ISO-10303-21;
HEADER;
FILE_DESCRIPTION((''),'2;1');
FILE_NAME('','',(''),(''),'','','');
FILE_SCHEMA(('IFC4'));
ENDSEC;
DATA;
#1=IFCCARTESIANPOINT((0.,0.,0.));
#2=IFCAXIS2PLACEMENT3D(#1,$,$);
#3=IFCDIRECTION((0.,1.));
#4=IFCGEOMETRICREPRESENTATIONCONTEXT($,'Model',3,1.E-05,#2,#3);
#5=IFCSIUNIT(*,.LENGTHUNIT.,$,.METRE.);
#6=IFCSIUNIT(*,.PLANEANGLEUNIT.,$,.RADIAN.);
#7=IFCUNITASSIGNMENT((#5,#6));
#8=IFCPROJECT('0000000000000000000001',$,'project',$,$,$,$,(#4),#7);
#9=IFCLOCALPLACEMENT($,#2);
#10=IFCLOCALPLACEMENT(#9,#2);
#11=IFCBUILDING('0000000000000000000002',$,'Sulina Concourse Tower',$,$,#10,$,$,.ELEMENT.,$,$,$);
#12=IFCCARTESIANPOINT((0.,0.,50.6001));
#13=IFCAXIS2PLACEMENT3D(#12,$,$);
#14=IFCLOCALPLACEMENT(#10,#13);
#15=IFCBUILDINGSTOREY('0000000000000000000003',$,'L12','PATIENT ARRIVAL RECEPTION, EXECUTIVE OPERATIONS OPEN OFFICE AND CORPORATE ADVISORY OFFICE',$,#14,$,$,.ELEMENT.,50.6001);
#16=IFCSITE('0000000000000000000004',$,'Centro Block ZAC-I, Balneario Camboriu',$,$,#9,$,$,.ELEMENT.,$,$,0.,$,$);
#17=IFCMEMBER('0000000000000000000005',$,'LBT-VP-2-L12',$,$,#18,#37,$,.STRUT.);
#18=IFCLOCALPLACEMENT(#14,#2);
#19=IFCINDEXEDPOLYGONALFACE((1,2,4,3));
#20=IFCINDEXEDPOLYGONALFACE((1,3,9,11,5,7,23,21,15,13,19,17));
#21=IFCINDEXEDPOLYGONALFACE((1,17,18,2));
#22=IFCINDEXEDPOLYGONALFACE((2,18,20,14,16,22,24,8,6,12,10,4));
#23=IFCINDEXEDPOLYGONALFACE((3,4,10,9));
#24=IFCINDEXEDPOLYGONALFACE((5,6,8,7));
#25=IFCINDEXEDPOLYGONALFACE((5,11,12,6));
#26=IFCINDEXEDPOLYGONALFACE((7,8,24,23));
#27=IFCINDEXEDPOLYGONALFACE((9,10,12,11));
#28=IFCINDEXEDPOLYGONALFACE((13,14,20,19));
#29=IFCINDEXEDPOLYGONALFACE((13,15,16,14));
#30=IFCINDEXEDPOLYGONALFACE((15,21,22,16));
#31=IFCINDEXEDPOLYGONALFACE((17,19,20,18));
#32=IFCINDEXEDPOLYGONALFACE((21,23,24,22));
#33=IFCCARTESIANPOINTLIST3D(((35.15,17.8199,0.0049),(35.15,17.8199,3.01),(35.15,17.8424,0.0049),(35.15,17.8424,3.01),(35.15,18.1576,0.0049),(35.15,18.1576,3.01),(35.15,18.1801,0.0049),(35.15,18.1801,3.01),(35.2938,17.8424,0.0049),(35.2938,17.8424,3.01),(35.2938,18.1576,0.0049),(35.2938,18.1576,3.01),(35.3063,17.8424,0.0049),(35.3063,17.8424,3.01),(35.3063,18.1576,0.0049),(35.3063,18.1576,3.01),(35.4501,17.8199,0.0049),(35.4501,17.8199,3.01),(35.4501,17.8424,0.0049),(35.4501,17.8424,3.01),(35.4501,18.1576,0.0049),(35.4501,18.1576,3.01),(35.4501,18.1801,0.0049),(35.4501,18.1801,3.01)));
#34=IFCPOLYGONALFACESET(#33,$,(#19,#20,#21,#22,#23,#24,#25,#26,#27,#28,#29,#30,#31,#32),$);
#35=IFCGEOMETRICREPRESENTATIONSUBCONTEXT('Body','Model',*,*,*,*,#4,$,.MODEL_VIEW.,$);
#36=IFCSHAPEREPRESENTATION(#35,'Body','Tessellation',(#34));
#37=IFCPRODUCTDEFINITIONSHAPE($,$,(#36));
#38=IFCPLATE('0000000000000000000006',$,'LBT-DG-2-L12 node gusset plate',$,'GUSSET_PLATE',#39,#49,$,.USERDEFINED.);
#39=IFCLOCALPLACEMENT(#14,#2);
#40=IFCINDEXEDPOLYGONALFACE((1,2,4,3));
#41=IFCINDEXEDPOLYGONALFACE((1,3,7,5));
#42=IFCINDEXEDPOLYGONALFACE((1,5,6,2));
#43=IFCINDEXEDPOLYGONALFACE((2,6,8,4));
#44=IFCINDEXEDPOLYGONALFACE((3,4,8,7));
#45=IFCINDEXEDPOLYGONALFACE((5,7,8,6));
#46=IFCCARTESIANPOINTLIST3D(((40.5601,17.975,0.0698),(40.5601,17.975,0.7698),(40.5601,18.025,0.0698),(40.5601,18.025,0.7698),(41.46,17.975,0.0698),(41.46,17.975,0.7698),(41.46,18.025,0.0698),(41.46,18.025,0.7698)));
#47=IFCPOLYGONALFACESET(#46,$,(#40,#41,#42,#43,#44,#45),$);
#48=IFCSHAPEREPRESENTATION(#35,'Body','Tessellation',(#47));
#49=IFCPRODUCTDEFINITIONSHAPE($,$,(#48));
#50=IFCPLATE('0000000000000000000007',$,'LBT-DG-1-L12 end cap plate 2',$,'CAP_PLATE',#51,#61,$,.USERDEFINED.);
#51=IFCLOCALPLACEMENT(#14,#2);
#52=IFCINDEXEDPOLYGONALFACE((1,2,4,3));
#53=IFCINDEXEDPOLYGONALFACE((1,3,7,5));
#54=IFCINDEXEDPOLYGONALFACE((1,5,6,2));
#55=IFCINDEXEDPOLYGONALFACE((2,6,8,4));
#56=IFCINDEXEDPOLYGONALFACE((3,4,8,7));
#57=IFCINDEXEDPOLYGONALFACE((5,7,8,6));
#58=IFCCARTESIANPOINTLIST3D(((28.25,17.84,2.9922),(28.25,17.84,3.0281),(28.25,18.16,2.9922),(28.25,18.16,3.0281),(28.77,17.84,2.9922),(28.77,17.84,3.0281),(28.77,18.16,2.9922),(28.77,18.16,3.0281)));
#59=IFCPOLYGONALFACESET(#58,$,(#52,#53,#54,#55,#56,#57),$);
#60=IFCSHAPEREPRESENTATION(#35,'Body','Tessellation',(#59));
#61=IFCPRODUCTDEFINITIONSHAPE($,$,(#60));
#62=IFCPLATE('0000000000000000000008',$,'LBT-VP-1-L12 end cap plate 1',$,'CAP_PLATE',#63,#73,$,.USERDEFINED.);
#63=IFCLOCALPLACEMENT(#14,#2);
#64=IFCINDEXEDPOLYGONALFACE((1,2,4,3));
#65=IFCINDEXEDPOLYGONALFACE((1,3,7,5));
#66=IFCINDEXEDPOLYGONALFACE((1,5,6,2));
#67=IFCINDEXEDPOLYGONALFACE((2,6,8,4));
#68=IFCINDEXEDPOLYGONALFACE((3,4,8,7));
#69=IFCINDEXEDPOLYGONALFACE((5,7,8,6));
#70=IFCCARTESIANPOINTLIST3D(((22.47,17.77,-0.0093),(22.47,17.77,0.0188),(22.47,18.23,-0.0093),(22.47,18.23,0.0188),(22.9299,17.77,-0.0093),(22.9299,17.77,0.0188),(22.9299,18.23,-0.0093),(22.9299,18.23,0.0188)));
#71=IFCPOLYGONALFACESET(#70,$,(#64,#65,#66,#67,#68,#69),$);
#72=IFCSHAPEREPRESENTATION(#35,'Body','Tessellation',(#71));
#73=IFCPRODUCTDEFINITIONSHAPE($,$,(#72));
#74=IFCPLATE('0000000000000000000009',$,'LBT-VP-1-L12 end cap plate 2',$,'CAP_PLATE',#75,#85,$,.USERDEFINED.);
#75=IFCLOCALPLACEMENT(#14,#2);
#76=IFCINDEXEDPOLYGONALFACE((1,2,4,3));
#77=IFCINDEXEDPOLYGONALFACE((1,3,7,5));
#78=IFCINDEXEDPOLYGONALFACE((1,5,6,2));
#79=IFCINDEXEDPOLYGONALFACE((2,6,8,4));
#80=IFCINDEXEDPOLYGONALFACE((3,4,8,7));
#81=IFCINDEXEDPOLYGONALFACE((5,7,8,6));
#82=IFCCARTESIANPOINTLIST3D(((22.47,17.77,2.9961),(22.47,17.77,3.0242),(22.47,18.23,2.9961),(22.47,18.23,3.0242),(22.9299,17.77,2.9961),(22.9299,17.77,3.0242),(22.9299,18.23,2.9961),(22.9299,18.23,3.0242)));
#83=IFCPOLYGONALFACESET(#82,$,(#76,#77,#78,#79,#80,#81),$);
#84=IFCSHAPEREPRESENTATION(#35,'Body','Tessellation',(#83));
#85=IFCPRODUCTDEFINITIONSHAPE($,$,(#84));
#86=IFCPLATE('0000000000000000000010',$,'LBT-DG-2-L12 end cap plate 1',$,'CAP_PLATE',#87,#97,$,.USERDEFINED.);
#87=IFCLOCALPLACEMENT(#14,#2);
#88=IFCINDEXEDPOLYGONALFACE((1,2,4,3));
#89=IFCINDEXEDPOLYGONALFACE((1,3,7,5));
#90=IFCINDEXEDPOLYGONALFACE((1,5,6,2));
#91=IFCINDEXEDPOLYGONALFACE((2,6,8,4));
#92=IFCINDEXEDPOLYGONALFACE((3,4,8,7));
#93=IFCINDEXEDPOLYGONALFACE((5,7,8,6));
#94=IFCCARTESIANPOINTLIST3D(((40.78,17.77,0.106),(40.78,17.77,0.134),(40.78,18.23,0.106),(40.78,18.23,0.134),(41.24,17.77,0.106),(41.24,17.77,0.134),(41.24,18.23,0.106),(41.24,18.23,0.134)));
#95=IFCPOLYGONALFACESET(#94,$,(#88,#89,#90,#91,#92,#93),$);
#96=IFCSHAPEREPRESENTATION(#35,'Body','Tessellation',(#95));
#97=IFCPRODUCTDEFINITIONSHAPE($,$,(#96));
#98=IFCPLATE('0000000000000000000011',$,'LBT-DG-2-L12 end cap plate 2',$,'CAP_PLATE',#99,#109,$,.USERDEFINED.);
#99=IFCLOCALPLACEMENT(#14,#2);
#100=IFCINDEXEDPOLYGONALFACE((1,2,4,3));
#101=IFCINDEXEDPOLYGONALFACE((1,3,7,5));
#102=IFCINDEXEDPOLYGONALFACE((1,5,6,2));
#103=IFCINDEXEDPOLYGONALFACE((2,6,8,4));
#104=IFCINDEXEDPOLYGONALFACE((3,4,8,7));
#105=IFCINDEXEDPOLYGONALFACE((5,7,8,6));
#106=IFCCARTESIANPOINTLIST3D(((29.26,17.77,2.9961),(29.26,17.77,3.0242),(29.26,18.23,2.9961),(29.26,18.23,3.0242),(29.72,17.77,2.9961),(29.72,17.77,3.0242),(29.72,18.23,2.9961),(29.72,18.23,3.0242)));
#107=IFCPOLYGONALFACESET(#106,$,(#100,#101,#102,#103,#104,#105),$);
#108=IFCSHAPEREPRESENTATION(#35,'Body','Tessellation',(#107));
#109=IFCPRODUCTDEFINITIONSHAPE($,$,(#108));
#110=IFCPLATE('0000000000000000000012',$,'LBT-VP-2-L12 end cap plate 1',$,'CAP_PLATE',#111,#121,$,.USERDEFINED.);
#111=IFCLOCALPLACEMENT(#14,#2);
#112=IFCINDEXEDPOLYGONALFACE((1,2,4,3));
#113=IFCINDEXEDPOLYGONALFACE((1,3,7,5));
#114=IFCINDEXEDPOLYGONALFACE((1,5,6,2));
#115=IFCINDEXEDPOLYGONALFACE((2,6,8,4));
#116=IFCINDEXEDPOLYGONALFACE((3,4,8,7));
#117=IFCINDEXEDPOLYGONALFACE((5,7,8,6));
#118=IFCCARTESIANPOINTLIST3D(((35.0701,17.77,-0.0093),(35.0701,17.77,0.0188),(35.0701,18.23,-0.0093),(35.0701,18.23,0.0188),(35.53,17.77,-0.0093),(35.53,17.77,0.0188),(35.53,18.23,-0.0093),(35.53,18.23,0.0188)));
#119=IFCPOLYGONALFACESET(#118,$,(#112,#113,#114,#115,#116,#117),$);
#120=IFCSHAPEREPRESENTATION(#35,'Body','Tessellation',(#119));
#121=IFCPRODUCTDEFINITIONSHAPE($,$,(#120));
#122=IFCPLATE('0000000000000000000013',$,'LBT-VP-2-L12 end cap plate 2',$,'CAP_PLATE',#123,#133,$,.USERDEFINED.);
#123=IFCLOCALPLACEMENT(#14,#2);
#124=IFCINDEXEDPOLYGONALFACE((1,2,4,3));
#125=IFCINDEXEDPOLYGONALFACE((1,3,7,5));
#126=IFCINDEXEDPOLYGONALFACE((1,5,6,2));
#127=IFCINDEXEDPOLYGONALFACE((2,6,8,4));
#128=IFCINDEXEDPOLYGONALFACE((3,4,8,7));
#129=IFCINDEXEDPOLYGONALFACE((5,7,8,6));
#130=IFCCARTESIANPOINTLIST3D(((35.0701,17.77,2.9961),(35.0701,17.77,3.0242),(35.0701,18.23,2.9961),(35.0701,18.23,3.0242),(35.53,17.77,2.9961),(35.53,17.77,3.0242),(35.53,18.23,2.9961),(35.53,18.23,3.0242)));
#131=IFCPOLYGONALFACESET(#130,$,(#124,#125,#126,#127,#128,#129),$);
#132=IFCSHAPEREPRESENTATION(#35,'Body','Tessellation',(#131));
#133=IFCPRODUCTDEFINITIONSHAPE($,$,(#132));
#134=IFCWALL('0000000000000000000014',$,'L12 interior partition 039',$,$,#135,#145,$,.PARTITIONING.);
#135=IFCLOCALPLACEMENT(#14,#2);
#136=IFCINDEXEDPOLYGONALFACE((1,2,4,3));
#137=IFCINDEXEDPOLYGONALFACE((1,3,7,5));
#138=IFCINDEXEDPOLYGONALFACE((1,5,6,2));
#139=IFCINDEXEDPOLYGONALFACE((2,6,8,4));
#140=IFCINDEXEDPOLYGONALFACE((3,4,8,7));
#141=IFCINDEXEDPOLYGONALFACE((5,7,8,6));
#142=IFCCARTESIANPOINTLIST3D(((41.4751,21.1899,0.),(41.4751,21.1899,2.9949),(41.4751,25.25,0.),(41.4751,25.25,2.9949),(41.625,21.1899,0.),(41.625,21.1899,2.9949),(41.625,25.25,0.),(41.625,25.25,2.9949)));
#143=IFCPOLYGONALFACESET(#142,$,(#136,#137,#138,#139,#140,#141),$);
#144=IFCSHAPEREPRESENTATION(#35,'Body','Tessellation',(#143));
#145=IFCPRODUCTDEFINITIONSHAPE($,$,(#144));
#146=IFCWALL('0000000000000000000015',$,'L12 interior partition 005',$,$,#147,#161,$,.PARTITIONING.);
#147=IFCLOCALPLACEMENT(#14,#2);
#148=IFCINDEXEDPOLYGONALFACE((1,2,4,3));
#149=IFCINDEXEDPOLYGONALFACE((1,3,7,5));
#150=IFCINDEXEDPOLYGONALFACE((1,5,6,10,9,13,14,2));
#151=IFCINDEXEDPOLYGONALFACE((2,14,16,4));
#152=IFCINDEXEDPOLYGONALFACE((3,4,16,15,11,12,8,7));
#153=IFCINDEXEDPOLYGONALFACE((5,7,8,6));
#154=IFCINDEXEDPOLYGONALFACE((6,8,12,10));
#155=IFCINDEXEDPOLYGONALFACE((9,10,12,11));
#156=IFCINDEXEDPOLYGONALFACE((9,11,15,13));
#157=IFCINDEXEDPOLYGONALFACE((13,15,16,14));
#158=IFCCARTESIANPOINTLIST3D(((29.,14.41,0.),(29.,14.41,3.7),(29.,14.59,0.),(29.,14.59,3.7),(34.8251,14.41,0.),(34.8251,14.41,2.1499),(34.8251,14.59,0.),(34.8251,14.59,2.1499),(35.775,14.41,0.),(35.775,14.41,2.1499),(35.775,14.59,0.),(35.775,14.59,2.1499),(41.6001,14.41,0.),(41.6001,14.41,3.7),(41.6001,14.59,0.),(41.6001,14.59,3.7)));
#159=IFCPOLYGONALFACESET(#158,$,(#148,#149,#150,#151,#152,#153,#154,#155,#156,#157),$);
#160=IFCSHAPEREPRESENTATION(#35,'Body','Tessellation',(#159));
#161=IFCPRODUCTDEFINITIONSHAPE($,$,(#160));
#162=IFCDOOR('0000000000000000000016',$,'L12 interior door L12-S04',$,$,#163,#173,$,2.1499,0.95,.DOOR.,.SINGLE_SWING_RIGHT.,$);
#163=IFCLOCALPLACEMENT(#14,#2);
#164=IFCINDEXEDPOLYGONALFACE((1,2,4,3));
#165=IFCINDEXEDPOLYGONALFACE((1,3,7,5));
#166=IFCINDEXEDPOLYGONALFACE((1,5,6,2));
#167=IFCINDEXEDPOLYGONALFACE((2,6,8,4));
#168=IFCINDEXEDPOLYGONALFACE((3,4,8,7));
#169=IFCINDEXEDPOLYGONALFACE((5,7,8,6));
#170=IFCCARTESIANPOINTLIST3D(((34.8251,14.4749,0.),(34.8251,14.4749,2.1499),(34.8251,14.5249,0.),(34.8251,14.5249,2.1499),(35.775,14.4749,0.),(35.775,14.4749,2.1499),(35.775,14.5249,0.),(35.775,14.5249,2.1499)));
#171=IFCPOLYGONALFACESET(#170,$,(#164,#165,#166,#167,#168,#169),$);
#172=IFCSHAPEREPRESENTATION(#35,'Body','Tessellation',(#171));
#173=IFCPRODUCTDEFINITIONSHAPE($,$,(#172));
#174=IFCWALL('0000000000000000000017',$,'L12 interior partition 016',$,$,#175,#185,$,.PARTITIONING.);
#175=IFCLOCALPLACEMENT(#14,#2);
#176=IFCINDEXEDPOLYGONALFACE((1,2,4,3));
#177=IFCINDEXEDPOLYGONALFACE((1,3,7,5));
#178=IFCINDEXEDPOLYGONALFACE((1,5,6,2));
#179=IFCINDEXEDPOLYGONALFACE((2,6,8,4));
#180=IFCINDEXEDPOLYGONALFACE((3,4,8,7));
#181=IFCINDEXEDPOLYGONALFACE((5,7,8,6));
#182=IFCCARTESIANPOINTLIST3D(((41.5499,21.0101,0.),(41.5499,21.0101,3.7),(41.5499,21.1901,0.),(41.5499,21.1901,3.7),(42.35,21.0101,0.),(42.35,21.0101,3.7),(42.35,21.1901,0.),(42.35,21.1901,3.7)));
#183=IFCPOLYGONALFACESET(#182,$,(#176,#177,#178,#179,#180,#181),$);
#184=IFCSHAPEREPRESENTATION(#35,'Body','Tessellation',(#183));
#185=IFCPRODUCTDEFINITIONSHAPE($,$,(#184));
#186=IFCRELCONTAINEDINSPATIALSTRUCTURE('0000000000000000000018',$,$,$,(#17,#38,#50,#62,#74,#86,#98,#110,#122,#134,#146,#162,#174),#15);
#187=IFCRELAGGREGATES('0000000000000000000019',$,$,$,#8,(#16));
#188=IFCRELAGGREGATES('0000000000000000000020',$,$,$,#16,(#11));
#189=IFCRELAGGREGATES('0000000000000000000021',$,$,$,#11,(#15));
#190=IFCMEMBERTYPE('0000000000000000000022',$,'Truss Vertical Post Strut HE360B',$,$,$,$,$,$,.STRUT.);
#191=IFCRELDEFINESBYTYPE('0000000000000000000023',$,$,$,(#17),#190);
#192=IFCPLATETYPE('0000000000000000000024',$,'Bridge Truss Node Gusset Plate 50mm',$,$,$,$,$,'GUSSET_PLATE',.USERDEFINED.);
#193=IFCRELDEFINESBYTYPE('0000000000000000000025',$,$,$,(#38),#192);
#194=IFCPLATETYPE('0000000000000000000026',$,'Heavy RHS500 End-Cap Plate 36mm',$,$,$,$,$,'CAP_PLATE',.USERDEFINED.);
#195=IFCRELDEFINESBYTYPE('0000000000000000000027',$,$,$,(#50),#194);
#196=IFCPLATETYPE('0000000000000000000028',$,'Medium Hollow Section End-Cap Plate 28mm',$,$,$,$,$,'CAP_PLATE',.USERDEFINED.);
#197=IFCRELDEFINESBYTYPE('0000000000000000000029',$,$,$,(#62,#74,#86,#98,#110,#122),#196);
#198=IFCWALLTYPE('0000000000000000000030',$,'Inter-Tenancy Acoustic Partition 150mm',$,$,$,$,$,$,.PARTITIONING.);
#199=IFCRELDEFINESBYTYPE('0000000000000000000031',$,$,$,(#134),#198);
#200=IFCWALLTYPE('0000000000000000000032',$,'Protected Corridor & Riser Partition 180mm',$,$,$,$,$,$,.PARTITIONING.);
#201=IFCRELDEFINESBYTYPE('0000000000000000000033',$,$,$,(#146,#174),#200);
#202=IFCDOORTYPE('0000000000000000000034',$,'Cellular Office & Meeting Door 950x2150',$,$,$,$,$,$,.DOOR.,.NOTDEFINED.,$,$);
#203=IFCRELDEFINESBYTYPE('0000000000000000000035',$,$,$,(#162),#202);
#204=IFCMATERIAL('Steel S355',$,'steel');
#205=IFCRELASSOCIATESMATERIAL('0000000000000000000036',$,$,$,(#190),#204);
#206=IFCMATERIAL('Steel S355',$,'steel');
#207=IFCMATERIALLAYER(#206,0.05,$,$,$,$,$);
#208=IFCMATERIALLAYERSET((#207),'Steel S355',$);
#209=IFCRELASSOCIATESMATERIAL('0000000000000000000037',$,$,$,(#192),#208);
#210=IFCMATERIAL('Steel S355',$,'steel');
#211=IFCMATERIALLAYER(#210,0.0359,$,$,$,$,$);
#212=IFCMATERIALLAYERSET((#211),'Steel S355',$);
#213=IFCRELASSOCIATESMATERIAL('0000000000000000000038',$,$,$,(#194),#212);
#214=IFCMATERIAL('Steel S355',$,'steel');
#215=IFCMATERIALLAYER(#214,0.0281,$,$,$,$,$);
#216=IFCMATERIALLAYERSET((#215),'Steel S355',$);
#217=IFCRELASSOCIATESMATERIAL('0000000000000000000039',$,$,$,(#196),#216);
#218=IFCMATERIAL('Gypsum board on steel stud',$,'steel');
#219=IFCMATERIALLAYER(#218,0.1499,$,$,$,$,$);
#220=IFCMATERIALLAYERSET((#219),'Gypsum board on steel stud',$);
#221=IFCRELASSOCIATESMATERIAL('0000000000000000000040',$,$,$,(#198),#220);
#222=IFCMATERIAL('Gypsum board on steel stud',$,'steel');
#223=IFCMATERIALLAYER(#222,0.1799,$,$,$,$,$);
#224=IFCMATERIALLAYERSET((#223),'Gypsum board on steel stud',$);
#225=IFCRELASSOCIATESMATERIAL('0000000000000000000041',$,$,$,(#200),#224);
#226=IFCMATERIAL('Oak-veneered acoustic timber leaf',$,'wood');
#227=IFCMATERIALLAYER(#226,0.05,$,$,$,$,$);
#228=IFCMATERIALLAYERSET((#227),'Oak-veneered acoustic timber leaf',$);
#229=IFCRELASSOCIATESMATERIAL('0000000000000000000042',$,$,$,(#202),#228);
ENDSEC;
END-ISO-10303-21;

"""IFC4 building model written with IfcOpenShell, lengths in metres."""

from ifc_helpers import new_model, si_unit, direction, frame, frame_2d, origin, origin_2d, place, context, subcontext, project, spatial, rectangle, i_section, extrude, material, layer, layer_set, material_profile, profile_set, type_object, element, fill, save


model = new_model("IFC4")

# Units and contexts
model_context = context("Model", 3, precision=1e-05, world=origin(), true_north=direction((0.0, 1.0)))
body_context = subcontext(model_context, "Body", "Model", "MODEL_VIEW")
ifc_project = project(units=[si_unit("LENGTHUNIT", "METRE"), si_unit("PLANEANGLEUNIT", "RADIAN")], contexts=[model_context])

# Site, building, storey
site_placement = place(None, origin())
site = spatial("IfcSite", under=ifc_project, at=site_placement, Name="Centro Block ZAC-I, Balneario Camboriu", CompositionType="ELEMENT", RefElevation=0.0)
building_placement = place(site_placement, origin())
building = spatial("IfcBuilding", under=site, at=building_placement, Name="Sulina Concourse Tower", CompositionType="ELEMENT")
storey_placement = place(building_placement, frame((0.0, 0.0, 50.6001)))
storey = spatial("IfcBuildingStorey", under=building, at=storey_placement, Name="L12", Description="PATIENT ARRIVAL RECEPTION, EXECUTIVE OPERATIONS OPEN OFFICE AND CORPORATE ADVISORY OFFICE", CompositionType="ELEMENT", Elevation=50.6001)

# Member
ifc_material_1 = material(Name="Steel S355", Category="steel")
ifc_material_profile_1 = material_profile(ifc_material_1, i_section(OverallWidth=0.3, OverallDepth=0.3601, WebThickness=0.0125, FlangeThickness=0.0225, at=origin_2d()), Name="HE 360 B")
ifc_profile_set_1 = profile_set([ifc_material_profile_1], Name="Steel S355")
member_type_1 = type_object("IfcMemberType", Name="Truss Vertical Post Strut HE360B", PredefinedType="STRUT", material=ifc_profile_set_1)
for number, where, z_axis, x_axis, name in (
    (1, (35.3, 18.0, 0.0049), (0.0, 0.0, 1.0), (1.0, 0.0, 0.0), "LBT-VP-2-L12"),
):
    element("IfcMember", number, at=place(storey_placement, frame(where, z_axis=z_axis, x_axis=x_axis)), inside=storey, type_object=member_type_1, Name=name, PredefinedType="STRUT", context=body_context, shape_type="SweptSolid", body=[
        extrude(i_section(OverallWidth=0.3, OverallDepth=0.3601, WebThickness=0.0125, FlangeThickness=0.0225, at=origin_2d()), origin(), (0.0, 0.0, 1.0), 3.0051),
    ])

# Plates
ifc_material_2 = material(Name="Steel S355", Category="steel")
ifc_layer_1 = layer(ifc_material_2, 0.05)
ifc_layer_set_1 = layer_set([ifc_layer_1], Name="Steel S355")
plate_type_1 = type_object("IfcPlateType", Name="Bridge Truss Node Gusset Plate 50mm", ElementType="GUSSET_PLATE", PredefinedType="USERDEFINED", material=ifc_layer_set_1)
plate_1_placement = place(storey_placement, frame((41.01, 18.0, 0.0698), z_axis=(0.0, 0.0, 1.0), x_axis=(1.0, 0.0, 0.0)))
element("IfcPlate", 2, at=plate_1_placement, inside=storey, type_object=plate_type_1, Name="LBT-DG-2-L12 node gusset plate", ObjectType="GUSSET_PLATE", PredefinedType="USERDEFINED", context=body_context, shape_type="SweptSolid", body=[
    extrude(rectangle(XDim=0.8999, YDim=0.05, at=origin_2d()), origin(), (0.0, 0.0, 1.0), 0.7),
])
ifc_material_3 = material(Name="Steel S355", Category="steel")
ifc_layer_2 = layer(ifc_material_3, 0.0359)
ifc_layer_set_2 = layer_set([ifc_layer_2], Name="Steel S355")
plate_type_2 = type_object("IfcPlateType", Name="Heavy RHS500 End-Cap Plate 36mm", ElementType="CAP_PLATE", PredefinedType="USERDEFINED", material=ifc_layer_set_2)
plate_2_placement = place(storey_placement, frame((28.51, 18.0, 2.9922), z_axis=(0.0, 0.0, 1.0), x_axis=(1.0, 0.0, 0.0)))
element("IfcPlate", 3, at=plate_2_placement, inside=storey, type_object=plate_type_2, Name="LBT-DG-1-L12 end cap plate 2", ObjectType="CAP_PLATE", PredefinedType="USERDEFINED", context=body_context, shape_type="SweptSolid", body=[
    extrude(rectangle(XDim=0.52, YDim=0.3201, at=origin_2d()), origin(), (0.0, 0.0, 1.0), 0.0359),
])
ifc_material_4 = material(Name="Steel S355", Category="steel")
ifc_layer_3 = layer(ifc_material_4, 0.0281)
ifc_layer_set_3 = layer_set([ifc_layer_3], Name="Steel S355")
plate_type_3 = type_object("IfcPlateType", Name="Medium Hollow Section End-Cap Plate 28mm", ElementType="CAP_PLATE", PredefinedType="USERDEFINED", material=ifc_layer_set_3)
for number, where, z_axis, x_axis, name in (
    (4, (22.7, 18.0, -0.0093), (0.0, 0.0, 1.0), (1.0, 0.0, 0.0), "LBT-VP-1-L12 end cap plate 1"),
    (5, (22.7, 18.0, 2.9961), (0.0, 0.0, 1.0), (1.0, 0.0, 0.0), "LBT-VP-1-L12 end cap plate 2"),
    (6, (41.01, 18.0, 0.106), (0.0, 0.0, 1.0), (1.0, 0.0, 0.0), "LBT-DG-2-L12 end cap plate 1"),
    (7, (29.49, 18.0, 2.9961), (0.0, 0.0, 1.0), (1.0, 0.0, 0.0), "LBT-DG-2-L12 end cap plate 2"),
    (8, (35.3, 18.0, -0.0093), (0.0, 0.0, 1.0), (1.0, 0.0, 0.0), "LBT-VP-2-L12 end cap plate 1"),
    (9, (35.3, 18.0, 2.9961), (0.0, 0.0, 1.0), (1.0, 0.0, 0.0), "LBT-VP-2-L12 end cap plate 2"),
):
    element("IfcPlate", number, at=place(storey_placement, frame(where, z_axis=z_axis, x_axis=x_axis)), inside=storey, type_object=plate_type_3, Name=name, ObjectType="CAP_PLATE", PredefinedType="USERDEFINED", context=body_context, shape_type="SweptSolid", body=[
        extrude(rectangle(XDim=0.46, YDim=0.46, at=origin_2d()), origin(), (0.0, 0.0, 1.0), 0.0281),
    ])

# Wall
ifc_material_5 = material(Name="Gypsum board on steel stud", Category="steel")
ifc_layer_4 = layer(ifc_material_5, 0.1499)
ifc_layer_set_4 = layer_set([ifc_layer_4], Name="Gypsum board on steel stud")
wall_type_1 = type_object("IfcWallType", Name="Inter-Tenancy Acoustic Partition 150mm", PredefinedType="PARTITIONING", material=ifc_layer_set_4)
wall_1_placement = place(storey_placement, frame((41.55, 21.1899, 0.0), z_axis=(0.0, 0.0, 1.0), x_axis=(0.0, 1.0, 0.0)))
element("IfcWall", 10, at=wall_1_placement, inside=storey, type_object=wall_type_1, Name="L12 interior partition 039", PredefinedType="PARTITIONING", context=body_context, shape_type="SweptSolid", body=[
    extrude(rectangle(XDim=4.0601, YDim=0.1499, at=frame_2d((2.03, 0.0))), origin(), (0.0, 0.0, 1.0), 2.9949),
])

# Wall, opening, door
ifc_material_6 = material(Name="Gypsum board on steel stud", Category="steel")
ifc_layer_5 = layer(ifc_material_6, 0.1799)
ifc_layer_set_5 = layer_set([ifc_layer_5], Name="Gypsum board on steel stud")
wall_type_2 = type_object("IfcWallType", Name="Protected Corridor & Riser Partition 180mm", PredefinedType="PARTITIONING", material=ifc_layer_set_5)
wall_2_placement = place(storey_placement, frame((29.0, 14.5, 0.0), z_axis=(0.0, 0.0, 1.0), x_axis=(1.0, 0.0, 0.0)))
wall_2 = element("IfcWall", 11, at=wall_2_placement, inside=storey, type_object=wall_type_2, Name="L12 interior partition 005", PredefinedType="PARTITIONING", context=body_context, shape_type="SweptSolid", body=[
    extrude(rectangle(XDim=12.6001, YDim=0.1799, at=frame_2d((6.3, 0.0))), origin(), (0.0, 0.0, 1.0), 3.7),
])
opening_placement = place(wall_2_placement, frame((5.825, 0.0, 0.0)))
opening = element("IfcOpeningElement", 12, at=opening_placement, cuts=wall_2, PredefinedType="OPENING", context=body_context, shape_type="SweptSolid", body=[
    extrude(rectangle(XDim=0.95, YDim=2.1499, at=frame_2d((0.4751, 1.075))), frame((0.0, 0.0999, 0.0), z_axis=(0.0, -1.0, 0.0), x_axis=(1.0, 0.0, 0.0)), (0.0, 0.0, 1.0), 0.2),
])
ifc_material_7 = material(Name="Oak-veneered acoustic timber leaf", Category="wood")
ifc_layer_6 = layer(ifc_material_7, 0.05)
ifc_layer_set_6 = layer_set([ifc_layer_6], Name="Oak-veneered acoustic timber leaf")
door_type = type_object("IfcDoorType", Name="Cellular Office & Meeting Door 950x2150", OperationType="NOTDEFINED", PredefinedType="DOOR", material=ifc_layer_set_6)
door_placement = place(opening_placement, origin())
door = element("IfcDoor", 13, at=door_placement, inside=storey, type_object=door_type, Name="L12 interior door L12-S04", OperationType="SINGLE_SWING_RIGHT", OverallHeight=2.1499, OverallWidth=0.95, PredefinedType="DOOR", context=body_context, shape_type="SweptSolid", body=[
    extrude(rectangle(XDim=0.95, YDim=2.1499, at=frame_2d((0.4751, 1.075))), frame((0.0, 0.0249, 0.0), z_axis=(0.0, -1.0, 0.0), x_axis=(1.0, 0.0, 0.0)), (0.0, 0.0, 1.0), 0.05),
])
fill(opening, door)

# Wall
wall_3_placement = place(storey_placement, frame((41.55, 21.1001, 0.0), z_axis=(0.0, 0.0, 1.0), x_axis=(1.0, 0.0, 0.0)))
element("IfcWall", 14, at=wall_3_placement, inside=storey, type_object=wall_type_2, Name="L12 interior partition 016", PredefinedType="PARTITIONING", context=body_context, shape_type="SweptSolid", body=[
    extrude(rectangle(XDim=0.8, YDim=0.1799, at=frame_2d((0.3999, 0.0))), origin(), (0.0, 0.0, 1.0), 3.7),
])

save(model, "model.ifc")
